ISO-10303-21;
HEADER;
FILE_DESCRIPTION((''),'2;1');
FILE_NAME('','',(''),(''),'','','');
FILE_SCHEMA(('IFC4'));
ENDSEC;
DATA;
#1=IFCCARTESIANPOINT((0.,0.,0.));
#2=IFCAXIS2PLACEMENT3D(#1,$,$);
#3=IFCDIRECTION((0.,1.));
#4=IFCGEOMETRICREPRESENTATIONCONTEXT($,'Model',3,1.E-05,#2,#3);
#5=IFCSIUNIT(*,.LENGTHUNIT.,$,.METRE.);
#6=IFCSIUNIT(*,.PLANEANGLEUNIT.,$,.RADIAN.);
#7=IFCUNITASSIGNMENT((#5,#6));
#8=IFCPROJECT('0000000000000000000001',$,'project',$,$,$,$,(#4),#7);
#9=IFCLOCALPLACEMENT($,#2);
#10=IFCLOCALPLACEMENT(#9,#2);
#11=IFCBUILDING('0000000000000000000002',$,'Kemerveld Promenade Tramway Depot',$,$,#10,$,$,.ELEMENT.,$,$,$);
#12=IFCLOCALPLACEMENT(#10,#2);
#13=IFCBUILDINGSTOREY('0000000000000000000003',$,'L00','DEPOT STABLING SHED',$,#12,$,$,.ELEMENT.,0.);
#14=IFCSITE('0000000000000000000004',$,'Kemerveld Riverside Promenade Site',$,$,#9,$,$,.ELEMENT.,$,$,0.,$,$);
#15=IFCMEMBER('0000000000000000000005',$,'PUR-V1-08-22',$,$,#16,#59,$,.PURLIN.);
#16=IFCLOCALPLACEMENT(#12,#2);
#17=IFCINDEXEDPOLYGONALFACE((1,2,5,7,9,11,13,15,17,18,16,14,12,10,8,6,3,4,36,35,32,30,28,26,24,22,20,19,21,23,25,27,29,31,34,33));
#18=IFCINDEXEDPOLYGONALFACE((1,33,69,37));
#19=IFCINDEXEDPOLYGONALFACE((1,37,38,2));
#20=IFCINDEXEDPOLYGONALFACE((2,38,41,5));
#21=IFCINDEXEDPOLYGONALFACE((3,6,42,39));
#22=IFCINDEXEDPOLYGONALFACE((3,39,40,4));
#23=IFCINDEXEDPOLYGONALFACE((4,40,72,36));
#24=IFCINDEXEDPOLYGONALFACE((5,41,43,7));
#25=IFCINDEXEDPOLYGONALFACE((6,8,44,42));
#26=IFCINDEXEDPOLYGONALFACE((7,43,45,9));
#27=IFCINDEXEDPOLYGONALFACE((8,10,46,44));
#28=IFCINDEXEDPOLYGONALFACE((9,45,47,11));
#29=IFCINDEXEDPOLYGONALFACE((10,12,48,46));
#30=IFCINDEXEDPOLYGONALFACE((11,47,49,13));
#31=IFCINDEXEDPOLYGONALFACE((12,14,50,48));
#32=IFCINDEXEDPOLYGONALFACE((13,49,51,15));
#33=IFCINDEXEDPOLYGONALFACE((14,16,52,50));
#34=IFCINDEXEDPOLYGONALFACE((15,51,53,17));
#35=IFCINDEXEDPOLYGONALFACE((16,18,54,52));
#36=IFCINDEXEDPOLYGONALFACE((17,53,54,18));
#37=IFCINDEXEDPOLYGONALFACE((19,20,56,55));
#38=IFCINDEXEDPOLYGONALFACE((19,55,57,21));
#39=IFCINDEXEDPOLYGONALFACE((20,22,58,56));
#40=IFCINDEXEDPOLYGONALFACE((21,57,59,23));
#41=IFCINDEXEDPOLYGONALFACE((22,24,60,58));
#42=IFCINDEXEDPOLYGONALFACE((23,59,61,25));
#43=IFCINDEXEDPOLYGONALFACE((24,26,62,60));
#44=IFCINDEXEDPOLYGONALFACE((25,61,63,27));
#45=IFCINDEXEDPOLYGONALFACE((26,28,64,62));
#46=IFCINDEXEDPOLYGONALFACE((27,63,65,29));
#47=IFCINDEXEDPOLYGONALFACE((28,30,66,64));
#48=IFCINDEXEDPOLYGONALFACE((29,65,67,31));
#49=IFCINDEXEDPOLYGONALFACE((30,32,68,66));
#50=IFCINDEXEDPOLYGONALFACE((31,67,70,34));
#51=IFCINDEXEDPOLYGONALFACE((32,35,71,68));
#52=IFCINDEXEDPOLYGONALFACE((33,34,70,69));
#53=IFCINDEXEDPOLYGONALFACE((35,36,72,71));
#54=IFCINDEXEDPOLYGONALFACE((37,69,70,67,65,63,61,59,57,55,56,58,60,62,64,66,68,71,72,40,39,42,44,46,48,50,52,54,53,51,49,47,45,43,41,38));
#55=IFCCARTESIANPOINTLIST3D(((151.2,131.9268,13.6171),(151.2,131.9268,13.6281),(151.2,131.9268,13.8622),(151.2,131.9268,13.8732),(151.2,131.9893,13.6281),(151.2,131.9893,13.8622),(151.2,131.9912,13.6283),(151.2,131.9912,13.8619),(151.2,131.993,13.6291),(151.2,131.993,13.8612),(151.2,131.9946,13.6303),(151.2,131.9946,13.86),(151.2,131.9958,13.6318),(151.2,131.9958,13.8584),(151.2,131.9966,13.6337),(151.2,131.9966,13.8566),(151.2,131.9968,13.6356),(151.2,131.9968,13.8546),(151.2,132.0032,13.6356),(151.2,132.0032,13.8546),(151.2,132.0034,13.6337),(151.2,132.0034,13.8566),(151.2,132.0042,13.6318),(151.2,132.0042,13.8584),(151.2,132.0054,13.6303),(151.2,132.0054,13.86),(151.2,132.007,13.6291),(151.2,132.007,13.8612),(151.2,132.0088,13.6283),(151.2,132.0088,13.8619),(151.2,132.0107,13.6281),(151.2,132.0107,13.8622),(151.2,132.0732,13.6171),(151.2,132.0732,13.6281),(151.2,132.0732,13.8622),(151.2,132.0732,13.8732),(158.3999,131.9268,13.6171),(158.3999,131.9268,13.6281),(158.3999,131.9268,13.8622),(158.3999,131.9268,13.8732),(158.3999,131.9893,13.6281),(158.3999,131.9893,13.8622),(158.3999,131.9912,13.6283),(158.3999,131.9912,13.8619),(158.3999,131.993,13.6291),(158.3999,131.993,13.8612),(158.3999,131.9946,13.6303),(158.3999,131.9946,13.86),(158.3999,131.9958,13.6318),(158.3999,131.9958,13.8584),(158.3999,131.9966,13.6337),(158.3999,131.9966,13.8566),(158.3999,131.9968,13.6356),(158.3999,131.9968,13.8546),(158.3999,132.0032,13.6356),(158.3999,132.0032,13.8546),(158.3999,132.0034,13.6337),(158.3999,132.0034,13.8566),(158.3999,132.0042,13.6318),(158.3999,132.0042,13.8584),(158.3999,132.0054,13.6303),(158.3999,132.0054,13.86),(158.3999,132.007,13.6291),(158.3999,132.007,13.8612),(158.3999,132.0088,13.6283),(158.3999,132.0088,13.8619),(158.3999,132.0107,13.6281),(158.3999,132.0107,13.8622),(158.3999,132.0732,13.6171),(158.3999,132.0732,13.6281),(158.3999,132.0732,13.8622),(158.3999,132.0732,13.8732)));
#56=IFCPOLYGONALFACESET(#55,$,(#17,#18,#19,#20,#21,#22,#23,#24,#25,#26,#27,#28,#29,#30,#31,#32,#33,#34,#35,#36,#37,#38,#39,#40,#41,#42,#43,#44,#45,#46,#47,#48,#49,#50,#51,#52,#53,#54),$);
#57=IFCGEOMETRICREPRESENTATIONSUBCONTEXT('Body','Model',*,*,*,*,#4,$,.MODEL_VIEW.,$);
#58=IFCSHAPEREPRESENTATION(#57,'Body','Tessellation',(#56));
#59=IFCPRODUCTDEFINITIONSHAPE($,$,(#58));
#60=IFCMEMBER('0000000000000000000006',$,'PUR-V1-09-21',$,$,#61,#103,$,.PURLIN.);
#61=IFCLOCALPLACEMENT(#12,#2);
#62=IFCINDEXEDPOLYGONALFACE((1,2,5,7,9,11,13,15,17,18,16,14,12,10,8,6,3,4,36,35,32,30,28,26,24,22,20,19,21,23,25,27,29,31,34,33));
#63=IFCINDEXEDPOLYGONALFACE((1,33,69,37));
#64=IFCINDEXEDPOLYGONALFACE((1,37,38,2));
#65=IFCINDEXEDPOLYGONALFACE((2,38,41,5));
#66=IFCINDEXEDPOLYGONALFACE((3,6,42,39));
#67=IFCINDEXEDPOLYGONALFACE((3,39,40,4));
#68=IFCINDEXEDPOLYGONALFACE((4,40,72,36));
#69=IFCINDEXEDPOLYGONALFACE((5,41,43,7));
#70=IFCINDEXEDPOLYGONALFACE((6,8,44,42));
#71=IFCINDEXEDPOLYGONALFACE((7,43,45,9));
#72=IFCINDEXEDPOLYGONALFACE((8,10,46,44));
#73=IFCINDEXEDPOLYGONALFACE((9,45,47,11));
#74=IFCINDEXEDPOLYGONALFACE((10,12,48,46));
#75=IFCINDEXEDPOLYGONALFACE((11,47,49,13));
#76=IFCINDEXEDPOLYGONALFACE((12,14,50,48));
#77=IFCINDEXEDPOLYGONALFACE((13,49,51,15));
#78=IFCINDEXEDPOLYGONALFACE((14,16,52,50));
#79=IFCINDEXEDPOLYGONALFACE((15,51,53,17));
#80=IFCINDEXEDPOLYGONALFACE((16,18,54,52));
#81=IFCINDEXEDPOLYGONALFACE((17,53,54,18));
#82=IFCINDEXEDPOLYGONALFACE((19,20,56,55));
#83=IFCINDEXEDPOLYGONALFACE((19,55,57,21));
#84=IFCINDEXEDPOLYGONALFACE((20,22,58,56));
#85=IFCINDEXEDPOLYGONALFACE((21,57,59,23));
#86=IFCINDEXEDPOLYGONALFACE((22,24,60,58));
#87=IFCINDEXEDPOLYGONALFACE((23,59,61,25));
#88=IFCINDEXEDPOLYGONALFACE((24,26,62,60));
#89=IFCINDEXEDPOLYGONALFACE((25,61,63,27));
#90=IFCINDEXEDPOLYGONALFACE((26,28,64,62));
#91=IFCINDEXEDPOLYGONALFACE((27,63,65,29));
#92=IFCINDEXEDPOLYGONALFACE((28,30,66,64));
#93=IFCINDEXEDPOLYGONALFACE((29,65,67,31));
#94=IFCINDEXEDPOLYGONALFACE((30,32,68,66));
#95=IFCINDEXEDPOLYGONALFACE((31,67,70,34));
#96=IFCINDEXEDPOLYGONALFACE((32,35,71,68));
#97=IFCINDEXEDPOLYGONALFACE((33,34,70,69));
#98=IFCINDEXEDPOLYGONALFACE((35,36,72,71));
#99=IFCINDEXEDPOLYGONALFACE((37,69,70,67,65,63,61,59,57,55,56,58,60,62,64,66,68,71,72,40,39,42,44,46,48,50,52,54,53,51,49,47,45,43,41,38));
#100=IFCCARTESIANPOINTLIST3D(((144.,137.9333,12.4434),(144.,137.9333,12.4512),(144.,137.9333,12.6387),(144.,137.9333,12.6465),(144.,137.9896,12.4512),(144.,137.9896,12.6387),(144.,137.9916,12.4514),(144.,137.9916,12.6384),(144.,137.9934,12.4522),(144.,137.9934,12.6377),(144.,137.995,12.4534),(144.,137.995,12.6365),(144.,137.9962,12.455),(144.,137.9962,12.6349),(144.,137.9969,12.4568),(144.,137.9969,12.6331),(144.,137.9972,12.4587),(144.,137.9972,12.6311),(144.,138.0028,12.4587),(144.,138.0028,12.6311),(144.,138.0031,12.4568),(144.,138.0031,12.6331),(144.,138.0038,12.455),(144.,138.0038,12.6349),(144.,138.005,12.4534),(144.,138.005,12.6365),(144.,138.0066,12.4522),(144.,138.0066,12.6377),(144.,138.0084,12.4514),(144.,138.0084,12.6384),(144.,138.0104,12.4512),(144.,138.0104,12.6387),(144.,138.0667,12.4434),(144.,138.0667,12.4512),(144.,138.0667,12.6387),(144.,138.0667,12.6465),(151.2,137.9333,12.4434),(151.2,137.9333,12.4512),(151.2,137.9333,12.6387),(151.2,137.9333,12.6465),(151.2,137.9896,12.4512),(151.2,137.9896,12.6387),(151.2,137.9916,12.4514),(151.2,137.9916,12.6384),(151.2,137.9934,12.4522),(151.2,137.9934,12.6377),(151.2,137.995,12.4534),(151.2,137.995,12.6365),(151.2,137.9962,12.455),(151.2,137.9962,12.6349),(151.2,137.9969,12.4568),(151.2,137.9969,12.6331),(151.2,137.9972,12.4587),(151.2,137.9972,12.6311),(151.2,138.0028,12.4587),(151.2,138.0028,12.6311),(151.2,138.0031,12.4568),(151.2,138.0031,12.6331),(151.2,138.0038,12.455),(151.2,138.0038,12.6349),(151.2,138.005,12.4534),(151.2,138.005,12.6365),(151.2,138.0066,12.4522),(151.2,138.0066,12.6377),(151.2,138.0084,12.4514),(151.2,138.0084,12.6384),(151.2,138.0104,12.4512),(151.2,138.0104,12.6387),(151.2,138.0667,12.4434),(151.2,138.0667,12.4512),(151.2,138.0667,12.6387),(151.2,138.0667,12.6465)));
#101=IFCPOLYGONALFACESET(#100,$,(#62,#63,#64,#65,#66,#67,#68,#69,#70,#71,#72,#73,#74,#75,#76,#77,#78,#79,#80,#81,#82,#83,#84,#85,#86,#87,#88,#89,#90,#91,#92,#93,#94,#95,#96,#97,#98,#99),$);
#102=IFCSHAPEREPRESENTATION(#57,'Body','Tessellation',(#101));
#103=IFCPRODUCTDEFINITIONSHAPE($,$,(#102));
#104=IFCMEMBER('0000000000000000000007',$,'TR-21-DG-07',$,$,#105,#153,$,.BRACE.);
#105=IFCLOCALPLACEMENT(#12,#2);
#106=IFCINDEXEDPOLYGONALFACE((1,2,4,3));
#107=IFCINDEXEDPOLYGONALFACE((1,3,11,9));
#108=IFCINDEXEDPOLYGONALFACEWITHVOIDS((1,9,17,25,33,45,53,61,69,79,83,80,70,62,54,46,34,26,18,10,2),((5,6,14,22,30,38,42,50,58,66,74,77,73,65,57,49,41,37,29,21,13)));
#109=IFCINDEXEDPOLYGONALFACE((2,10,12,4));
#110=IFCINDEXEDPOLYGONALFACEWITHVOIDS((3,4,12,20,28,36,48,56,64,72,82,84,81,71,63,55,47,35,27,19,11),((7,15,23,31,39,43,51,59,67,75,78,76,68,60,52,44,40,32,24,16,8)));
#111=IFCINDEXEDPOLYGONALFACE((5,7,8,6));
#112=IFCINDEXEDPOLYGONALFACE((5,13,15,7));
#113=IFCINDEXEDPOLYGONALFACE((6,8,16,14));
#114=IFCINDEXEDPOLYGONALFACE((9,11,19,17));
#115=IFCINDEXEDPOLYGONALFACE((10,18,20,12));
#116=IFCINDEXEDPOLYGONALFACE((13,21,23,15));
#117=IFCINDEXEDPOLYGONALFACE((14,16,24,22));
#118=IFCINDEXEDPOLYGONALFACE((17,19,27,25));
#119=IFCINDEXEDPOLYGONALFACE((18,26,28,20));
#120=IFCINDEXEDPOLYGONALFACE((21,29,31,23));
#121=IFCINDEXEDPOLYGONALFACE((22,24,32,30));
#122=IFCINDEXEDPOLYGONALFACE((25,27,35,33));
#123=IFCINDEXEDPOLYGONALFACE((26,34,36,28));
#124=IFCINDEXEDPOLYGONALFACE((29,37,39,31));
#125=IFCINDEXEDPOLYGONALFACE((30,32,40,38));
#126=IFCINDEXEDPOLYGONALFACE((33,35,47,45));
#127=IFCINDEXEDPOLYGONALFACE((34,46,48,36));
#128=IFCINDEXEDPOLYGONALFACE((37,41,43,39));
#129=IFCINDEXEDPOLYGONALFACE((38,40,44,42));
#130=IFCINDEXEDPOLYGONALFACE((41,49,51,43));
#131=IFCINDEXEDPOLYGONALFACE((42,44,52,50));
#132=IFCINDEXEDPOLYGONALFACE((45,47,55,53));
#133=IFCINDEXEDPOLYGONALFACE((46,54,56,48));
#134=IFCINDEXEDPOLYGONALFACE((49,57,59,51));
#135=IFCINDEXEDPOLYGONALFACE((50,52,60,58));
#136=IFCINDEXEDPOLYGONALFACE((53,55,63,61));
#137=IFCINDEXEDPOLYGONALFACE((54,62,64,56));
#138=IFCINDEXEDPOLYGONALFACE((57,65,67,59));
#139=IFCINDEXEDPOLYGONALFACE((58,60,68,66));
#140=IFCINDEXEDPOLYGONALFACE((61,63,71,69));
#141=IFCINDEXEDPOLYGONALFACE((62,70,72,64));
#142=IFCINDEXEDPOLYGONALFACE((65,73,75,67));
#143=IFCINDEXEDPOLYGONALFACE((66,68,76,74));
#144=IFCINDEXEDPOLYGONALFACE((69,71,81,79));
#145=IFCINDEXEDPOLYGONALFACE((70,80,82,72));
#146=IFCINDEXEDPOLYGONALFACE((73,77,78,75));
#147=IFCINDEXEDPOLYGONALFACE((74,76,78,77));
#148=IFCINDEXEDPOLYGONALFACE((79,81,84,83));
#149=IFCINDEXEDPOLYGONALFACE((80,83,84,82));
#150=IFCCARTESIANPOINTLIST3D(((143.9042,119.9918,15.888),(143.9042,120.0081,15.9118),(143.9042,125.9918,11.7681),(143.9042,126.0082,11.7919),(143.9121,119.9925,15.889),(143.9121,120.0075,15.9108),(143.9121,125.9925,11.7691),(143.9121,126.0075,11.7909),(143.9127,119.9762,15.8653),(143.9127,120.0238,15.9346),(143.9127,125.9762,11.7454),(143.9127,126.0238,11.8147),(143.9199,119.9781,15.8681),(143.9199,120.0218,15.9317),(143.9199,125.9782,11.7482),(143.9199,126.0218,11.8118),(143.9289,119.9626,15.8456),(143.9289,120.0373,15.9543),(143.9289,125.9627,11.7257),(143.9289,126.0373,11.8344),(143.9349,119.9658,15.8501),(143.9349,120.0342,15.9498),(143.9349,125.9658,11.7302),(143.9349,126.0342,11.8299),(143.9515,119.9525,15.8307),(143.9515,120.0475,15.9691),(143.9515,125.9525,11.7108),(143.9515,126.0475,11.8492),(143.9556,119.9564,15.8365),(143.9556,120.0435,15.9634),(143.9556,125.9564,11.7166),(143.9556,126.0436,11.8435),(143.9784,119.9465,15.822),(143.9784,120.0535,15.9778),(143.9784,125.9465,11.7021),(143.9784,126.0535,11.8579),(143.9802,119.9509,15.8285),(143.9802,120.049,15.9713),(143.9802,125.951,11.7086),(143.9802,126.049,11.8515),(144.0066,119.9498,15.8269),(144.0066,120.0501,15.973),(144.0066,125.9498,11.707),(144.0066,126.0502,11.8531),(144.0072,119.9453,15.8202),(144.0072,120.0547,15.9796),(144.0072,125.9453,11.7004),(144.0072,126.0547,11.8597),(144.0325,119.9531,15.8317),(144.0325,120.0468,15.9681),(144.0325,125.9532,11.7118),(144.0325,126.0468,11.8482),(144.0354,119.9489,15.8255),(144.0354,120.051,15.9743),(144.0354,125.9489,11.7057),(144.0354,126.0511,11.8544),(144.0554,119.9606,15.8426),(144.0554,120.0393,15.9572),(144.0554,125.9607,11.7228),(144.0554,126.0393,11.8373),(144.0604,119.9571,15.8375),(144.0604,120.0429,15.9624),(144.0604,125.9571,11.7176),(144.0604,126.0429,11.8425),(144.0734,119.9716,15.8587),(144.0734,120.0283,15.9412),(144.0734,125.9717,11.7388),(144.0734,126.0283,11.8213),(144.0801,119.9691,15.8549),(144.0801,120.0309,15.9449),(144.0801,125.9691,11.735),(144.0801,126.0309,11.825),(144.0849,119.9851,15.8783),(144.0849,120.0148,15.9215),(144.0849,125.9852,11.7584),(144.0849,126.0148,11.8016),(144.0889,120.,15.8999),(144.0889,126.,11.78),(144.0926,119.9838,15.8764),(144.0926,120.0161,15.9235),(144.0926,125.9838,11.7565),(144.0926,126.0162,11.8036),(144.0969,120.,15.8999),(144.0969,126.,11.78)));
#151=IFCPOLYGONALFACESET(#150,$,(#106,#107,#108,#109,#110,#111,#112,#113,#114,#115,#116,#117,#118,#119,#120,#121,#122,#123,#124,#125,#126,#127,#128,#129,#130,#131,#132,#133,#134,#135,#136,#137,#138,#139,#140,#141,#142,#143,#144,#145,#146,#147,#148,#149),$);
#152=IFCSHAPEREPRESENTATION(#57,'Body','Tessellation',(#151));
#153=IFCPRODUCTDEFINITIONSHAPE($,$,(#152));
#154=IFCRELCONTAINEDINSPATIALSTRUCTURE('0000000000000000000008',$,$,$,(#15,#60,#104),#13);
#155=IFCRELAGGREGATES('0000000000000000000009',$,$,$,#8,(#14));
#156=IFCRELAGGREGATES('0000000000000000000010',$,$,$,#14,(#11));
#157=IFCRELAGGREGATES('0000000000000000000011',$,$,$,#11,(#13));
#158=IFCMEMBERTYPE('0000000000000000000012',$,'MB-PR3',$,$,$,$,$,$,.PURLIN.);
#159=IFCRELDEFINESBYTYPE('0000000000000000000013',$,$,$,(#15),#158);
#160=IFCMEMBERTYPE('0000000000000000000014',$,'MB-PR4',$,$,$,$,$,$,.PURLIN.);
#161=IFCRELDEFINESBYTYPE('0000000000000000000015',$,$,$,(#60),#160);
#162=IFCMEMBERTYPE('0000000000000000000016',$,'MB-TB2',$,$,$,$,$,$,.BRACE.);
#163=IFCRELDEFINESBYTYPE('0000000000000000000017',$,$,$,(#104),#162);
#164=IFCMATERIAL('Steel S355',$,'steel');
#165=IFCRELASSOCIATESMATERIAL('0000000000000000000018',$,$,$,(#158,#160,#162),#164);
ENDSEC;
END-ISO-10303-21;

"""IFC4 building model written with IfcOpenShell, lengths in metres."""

from ifc_helpers import new_model, si_unit, direction, frame, origin, origin_2d, place, context, subcontext, project, spatial, hollow_circle, i_section, extrude, material, material_profile, profile_set, type_object, element, save


model = new_model("IFC4")

# Units and contexts
model_context = context("Model", 3, precision=1e-05, world=origin(), true_north=direction((0.0, 1.0)))
body_context = subcontext(model_context, "Body", "Model", "MODEL_VIEW")
ifc_project = project(units=[si_unit("LENGTHUNIT", "METRE"), si_unit("PLANEANGLEUNIT", "RADIAN")], contexts=[model_context])

# Site, building, storey
site_placement = place(None, origin())
site = spatial("IfcSite", under=ifc_project, at=site_placement, Name="Kemerveld Riverside Promenade Site", CompositionType="ELEMENT", RefElevation=0.0)
building_placement = place(site_placement, origin())
building = spatial("IfcBuilding", under=site, at=building_placement, Name="Kemerveld Promenade Tramway Depot", CompositionType="ELEMENT")
storey_placement = place(building_placement, origin())
storey = spatial("IfcBuildingStorey", under=building, at=storey_placement, Name="L00", Description="DEPOT STABLING SHED", CompositionType="ELEMENT", Elevation=0.0)

# Members
ifc_material = material(Name="Steel S355", Category="steel")
ifc_material_profile_1 = material_profile(ifc_material, i_section(OverallWidth=0.1465, OverallDepth=0.2561, WebThickness=0.0063, FlangeThickness=0.011, FilletRadius=0.0076, at=origin_2d()), Name="254x146x37 UB")
ifc_profile_set_1 = profile_set([ifc_material_profile_1], Name="Steel S355")
member_type_1 = type_object("IfcMemberType", Name="MB-PR3", PredefinedType="PURLIN", material=ifc_profile_set_1)
for number, where, z_axis, x_axis, name in (
    (1, (151.2, 132.0, 13.7451), (1.0, 0.0, 0.0), (0.0, 1.0, 0.0), "PUR-V1-08-22"),
):
    element("IfcMember", number, at=place(storey_placement, frame(where, z_axis=z_axis, x_axis=x_axis)), inside=storey, type_object=member_type_1, Name=name, PredefinedType="PURLIN", context=body_context, shape_type="SweptSolid", body=[
        extrude(i_section(OverallWidth=0.1465, OverallDepth=0.2561, WebThickness=0.0063, FlangeThickness=0.011, FilletRadius=0.0076, at=origin_2d()), origin(), (0.0, 0.0, 1.0), 7.2),
    ])
ifc_material_profile_2 = material_profile(ifc_material, i_section(OverallWidth=0.1333, OverallDepth=0.2031, WebThickness=0.0056, FlangeThickness=0.0078, FilletRadius=0.0076, at=origin_2d()), Name="203x133x25 UB")
ifc_profile_set_2 = profile_set([ifc_material_profile_2], Name="Steel S355")
member_type_2 = type_object("IfcMemberType", Name="MB-PR4", PredefinedType="PURLIN", material=ifc_profile_set_2)
member_1_placement = place(storey_placement, frame((144.0, 138.0, 12.5449), z_axis=(1.0, 0.0, 0.0), x_axis=(0.0, 1.0, 0.0)))
element("IfcMember", 2, at=member_1_placement, inside=storey, type_object=member_type_2, Name="PUR-V1-09-21", PredefinedType="PURLIN", context=body_context, shape_type="SweptSolid", body=[
    extrude(i_section(OverallWidth=0.1333, OverallDepth=0.2031, WebThickness=0.0056, FlangeThickness=0.0078, FilletRadius=0.0076, at=origin_2d()), origin(), (0.0, 0.0, 1.0), 7.2),
])
ifc_material_profile_3 = material_profile(ifc_material, hollow_circle(Radius=0.0969, WallThickness=0.0081, at=origin_2d()), Name="193.7x8.0 CHS")
ifc_profile_set_3 = profile_set([ifc_material_profile_3], Name="Steel S355")
member_type_3 = type_object("IfcMemberType", Name="MB-TB2", PredefinedType="BRACE", material=ifc_profile_set_3)
member_2_placement = place(storey_placement, frame((144.0, 126.0, 11.78), z_axis=(0.0, -0.824371, 0.56605), x_axis=(1.0, 0.0, 0.0)))
element("IfcMember", 3, at=member_2_placement, inside=storey, type_object=member_type_3, Name="TR-21-DG-07", PredefinedType="BRACE", context=body_context, shape_type="SweptSolid", body=[
    extrude(hollow_circle(Radius=0.0969, WallThickness=0.0081, at=origin_2d()), origin(), (0.0, 0.0, 1.0), 7.2783),
])

save(model, "model.ifc")
